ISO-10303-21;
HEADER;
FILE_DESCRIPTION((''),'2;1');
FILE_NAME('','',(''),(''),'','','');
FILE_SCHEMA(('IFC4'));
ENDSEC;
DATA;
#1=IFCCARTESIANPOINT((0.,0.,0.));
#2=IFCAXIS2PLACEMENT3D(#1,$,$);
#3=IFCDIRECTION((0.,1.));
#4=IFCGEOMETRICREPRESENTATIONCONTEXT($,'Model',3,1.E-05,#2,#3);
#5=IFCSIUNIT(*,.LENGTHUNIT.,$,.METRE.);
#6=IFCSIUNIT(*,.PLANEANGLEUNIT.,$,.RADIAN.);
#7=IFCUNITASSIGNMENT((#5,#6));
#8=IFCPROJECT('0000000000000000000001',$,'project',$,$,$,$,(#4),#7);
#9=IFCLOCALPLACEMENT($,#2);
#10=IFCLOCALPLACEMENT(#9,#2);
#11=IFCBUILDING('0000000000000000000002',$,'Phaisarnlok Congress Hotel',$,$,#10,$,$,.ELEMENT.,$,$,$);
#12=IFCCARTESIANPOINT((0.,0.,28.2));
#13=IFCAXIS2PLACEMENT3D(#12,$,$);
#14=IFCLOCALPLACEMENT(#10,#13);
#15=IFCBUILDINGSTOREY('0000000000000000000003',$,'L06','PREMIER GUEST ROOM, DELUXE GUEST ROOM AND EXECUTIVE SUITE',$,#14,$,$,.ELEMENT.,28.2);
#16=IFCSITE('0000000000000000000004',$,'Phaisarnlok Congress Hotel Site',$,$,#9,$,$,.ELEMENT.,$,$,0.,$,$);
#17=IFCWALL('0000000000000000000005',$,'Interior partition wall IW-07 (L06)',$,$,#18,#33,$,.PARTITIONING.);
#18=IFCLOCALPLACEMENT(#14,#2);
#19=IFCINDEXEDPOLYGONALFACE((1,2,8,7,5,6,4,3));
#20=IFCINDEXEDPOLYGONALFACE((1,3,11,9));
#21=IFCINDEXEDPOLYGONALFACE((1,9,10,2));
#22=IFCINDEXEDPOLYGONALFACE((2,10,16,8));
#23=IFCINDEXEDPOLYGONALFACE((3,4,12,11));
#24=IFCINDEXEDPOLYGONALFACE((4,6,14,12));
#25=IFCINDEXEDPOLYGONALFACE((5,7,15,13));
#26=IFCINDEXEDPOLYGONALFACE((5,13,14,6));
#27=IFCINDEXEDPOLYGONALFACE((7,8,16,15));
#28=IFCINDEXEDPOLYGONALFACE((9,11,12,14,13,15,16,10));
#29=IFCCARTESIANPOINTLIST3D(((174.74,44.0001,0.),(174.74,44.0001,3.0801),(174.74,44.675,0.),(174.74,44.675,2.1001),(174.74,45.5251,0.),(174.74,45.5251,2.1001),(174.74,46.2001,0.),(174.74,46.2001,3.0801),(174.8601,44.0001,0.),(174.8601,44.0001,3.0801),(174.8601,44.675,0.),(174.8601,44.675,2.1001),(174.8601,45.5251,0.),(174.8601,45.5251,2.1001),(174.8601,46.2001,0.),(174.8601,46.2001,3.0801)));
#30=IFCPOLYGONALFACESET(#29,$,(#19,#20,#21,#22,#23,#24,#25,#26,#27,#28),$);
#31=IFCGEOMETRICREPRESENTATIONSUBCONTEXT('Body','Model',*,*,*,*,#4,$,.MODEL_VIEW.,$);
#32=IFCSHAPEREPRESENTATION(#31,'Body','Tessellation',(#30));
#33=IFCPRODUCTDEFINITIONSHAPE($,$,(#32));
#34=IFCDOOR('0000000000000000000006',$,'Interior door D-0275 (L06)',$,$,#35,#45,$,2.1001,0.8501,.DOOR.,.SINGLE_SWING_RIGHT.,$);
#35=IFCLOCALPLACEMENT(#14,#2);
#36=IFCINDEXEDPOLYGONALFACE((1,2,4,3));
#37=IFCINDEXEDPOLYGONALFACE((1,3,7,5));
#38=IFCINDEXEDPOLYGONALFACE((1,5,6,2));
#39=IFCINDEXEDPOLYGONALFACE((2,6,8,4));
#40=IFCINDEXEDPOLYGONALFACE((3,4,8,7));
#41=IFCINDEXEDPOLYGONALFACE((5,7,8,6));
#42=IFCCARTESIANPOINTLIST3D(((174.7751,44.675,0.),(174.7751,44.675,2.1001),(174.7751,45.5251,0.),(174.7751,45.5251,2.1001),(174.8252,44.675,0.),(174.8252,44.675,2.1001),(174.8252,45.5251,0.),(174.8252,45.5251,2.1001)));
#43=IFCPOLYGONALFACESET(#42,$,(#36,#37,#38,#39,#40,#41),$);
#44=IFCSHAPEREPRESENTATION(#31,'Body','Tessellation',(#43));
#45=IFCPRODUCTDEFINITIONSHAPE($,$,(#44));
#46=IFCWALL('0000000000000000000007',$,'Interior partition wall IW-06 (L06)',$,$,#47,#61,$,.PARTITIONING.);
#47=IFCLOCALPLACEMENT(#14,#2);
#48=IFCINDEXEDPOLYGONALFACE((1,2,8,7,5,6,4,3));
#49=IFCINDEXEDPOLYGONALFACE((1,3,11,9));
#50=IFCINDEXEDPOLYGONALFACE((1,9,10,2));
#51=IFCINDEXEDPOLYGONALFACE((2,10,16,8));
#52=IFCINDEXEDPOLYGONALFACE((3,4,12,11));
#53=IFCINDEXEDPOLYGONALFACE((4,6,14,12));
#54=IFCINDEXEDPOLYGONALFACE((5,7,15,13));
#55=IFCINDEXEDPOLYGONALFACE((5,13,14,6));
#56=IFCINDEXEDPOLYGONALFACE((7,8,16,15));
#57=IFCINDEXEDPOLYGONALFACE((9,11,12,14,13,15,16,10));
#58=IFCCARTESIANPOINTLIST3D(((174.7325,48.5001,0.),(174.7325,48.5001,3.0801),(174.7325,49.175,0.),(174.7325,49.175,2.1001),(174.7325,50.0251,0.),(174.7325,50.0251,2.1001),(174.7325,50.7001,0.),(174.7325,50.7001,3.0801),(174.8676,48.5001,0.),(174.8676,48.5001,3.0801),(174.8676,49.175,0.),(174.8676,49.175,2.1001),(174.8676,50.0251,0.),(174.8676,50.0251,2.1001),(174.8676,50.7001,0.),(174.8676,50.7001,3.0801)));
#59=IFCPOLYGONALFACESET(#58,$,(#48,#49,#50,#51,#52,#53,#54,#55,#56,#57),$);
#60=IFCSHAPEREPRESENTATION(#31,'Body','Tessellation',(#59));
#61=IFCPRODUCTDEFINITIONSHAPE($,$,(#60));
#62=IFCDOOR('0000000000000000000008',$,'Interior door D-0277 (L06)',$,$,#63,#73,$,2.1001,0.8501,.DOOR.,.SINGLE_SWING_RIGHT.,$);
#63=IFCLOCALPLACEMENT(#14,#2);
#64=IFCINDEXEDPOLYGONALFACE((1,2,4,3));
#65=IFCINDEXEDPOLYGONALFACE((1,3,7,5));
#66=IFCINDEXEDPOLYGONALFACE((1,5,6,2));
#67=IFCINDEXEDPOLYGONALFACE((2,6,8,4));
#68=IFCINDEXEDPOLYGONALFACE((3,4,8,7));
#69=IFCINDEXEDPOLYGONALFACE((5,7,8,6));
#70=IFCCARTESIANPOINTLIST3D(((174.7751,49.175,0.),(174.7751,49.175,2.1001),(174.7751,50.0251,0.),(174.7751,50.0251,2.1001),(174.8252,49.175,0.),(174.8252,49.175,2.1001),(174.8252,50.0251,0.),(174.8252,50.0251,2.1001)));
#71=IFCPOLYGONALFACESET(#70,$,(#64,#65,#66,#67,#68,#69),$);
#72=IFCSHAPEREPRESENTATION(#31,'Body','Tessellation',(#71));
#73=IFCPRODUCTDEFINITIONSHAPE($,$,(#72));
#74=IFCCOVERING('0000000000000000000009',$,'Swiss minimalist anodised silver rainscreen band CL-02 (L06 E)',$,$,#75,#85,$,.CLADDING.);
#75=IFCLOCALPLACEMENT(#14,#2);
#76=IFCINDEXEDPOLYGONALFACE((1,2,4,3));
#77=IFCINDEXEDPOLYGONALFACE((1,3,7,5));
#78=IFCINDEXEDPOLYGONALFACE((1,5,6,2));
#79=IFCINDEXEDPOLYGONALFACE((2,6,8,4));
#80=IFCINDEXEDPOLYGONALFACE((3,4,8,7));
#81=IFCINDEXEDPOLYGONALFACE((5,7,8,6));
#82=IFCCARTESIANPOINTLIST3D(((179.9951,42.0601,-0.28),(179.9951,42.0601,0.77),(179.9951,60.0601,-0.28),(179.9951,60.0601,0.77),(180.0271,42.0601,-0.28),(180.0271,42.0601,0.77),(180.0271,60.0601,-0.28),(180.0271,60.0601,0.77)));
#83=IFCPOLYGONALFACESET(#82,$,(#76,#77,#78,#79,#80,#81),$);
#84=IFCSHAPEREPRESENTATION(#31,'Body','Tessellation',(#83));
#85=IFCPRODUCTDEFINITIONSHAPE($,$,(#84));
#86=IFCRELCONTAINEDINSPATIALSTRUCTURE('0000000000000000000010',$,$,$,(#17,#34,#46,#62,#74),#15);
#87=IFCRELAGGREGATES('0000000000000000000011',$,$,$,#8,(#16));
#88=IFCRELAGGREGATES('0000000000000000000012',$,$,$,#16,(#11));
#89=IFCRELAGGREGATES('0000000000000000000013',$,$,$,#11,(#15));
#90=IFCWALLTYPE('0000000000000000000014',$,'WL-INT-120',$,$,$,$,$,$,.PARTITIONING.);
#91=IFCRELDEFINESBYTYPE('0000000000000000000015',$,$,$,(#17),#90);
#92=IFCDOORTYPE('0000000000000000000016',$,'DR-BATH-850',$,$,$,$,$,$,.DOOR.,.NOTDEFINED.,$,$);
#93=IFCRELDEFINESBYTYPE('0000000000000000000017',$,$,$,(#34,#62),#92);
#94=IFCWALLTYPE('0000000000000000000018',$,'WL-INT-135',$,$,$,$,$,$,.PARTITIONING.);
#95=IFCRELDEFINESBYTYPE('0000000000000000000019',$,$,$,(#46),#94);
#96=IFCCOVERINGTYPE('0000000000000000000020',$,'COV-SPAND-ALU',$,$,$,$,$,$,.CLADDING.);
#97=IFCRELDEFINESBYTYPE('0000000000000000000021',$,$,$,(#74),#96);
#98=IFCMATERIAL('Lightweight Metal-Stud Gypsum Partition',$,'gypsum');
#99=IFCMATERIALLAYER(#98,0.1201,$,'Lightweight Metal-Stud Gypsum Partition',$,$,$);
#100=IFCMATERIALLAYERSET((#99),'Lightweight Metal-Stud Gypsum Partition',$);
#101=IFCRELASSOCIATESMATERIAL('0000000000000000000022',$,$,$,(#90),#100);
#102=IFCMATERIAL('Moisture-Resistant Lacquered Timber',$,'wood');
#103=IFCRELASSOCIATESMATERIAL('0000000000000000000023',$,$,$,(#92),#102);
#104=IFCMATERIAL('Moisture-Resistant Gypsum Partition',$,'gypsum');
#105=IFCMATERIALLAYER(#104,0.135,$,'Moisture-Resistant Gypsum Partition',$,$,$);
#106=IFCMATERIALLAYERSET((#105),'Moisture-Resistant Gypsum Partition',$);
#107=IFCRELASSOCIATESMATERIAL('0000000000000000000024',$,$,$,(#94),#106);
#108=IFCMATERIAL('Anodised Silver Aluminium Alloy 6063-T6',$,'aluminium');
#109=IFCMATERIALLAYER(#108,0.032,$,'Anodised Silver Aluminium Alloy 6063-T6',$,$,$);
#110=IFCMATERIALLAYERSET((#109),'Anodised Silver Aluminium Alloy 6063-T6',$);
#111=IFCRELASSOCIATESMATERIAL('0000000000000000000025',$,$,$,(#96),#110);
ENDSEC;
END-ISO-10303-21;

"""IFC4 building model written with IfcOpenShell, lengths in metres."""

from ifc_helpers import new_model, si_unit, direction, frame, frame_2d, origin, place, context, subcontext, project, spatial, polyline, rectangle, outline, extrude, material, layer, layer_set, type_object, element, fill, save


model = new_model("IFC4")

# Units and contexts
model_context = context("Model", 3, precision=1e-05, world=origin(), true_north=direction((0.0, 1.0)))
body_context = subcontext(model_context, "Body", "Model", "MODEL_VIEW")
ifc_project = project(units=[si_unit("LENGTHUNIT", "METRE"), si_unit("PLANEANGLEUNIT", "RADIAN")], contexts=[model_context])

# Site, building, storey
site_placement = place(None, origin())
site = spatial("IfcSite", under=ifc_project, at=site_placement, Name="Phaisarnlok Congress Hotel Site", CompositionType="ELEMENT", RefElevation=0.0)
building_placement = place(site_placement, origin())
building = spatial("IfcBuilding", under=site, at=building_placement, Name="Phaisarnlok Congress Hotel", CompositionType="ELEMENT")
storey_placement = place(building_placement, frame((0.0, 0.0, 28.2)))
storey = spatial("IfcBuildingStorey", under=building, at=storey_placement, Name="L06", Description="PREMIER GUEST ROOM, DELUXE GUEST ROOM AND EXECUTIVE SUITE", CompositionType="ELEMENT", Elevation=28.2)

# Walls, openings, doors
ifc_material_1 = material(Name="Lightweight Metal-Stud Gypsum Partition", Category="gypsum")
ifc_layer_1 = layer(ifc_material_1, 0.1201, Name="Lightweight Metal-Stud Gypsum Partition")
ifc_layer_set_1 = layer_set([ifc_layer_1], Name="Lightweight Metal-Stud Gypsum Partition")
wall_type_1 = type_object("IfcWallType", Name="WL-INT-120", PredefinedType="PARTITIONING", material=ifc_layer_set_1)
wall_1_placement = place(storey_placement, frame((174.8, 44.0, 0.0), z_axis=(0.0, 0.0, 1.0), x_axis=(0.0, 1.0, 0.0)))
wall_1 = element("IfcWall", 1, at=wall_1_placement, inside=storey, type_object=wall_type_1, Name="Interior partition wall IW-07 (L06)", PredefinedType="PARTITIONING", context=body_context, shape_type="SweptSolid", body=[
    extrude(rectangle(XDim=2.2, YDim=0.1201, at=frame_2d((1.1001, 0.0))), origin(), (0.0, 0.0, 1.0), 3.0801),
])
opening_1_placement = place(wall_1_placement, frame((0.675, 0.0, 0.0)))
opening_1 = element("IfcOpeningElement", 2, at=opening_1_placement, cuts=wall_1, PredefinedType="OPENING", context=body_context, shape_type="SweptSolid", body=[
    extrude(rectangle(XDim=0.8501, YDim=2.1001, at=frame_2d((0.425, 1.05))), frame((0.0, 0.0701, 0.0), z_axis=(0.0, -1.0, 0.0), x_axis=(1.0, 0.0, 0.0)), (0.0, 0.0, 1.0), 0.1401),
])
ifc_material_2 = material(Name="Moisture-Resistant Lacquered Timber", Category="wood")
door_type = type_object("IfcDoorType", Name="DR-BATH-850", OperationType="NOTDEFINED", PredefinedType="DOOR", material=ifc_material_2)
door_1_placement = place(opening_1_placement, origin())
door_1 = element("IfcDoor", 3, at=door_1_placement, inside=storey, type_object=door_type, Name="Interior door D-0275 (L06)", OperationType="SINGLE_SWING_RIGHT", OverallHeight=2.1001, OverallWidth=0.8501, PredefinedType="DOOR", context=body_context, shape_type="SweptSolid", body=[
    extrude(rectangle(XDim=0.8501, YDim=2.1001, at=frame_2d((0.425, 1.05))), frame((0.0, 0.0249, 0.0), z_axis=(0.0, -1.0, 0.0), x_axis=(1.0, 0.0, 0.0)), (0.0, 0.0, 1.0), 0.05),
])
fill(opening_1, door_1)
ifc_material_3 = material(Name="Moisture-Resistant Gypsum Partition", Category="gypsum")
ifc_layer_2 = layer(ifc_material_3, 0.135, Name="Moisture-Resistant Gypsum Partition")
ifc_layer_set_2 = layer_set([ifc_layer_2], Name="Moisture-Resistant Gypsum Partition")
wall_type_2 = type_object("IfcWallType", Name="WL-INT-135", PredefinedType="PARTITIONING", material=ifc_layer_set_2)
wall_2_placement = place(storey_placement, frame((174.8, 48.5, 0.0), z_axis=(0.0, 0.0, 1.0), x_axis=(0.0, 1.0, 0.0)))
wall_2 = element("IfcWall", 4, at=wall_2_placement, inside=storey, type_object=wall_type_2, Name="Interior partition wall IW-06 (L06)", PredefinedType="PARTITIONING", context=body_context, shape_type="SweptSolid", body=[
    extrude(rectangle(XDim=2.2, YDim=0.135, at=frame_2d((1.1001, 0.0))), origin(), (0.0, 0.0, 1.0), 3.0801),
])
opening_2_placement = place(wall_2_placement, frame((0.675, 0.0, 0.0)))
opening_2 = element("IfcOpeningElement", 5, at=opening_2_placement, cuts=wall_2, PredefinedType="OPENING", context=body_context, shape_type="SweptSolid", body=[
    extrude(rectangle(XDim=0.8501, YDim=2.1001, at=frame_2d((0.425, 1.05))), frame((0.0, 0.0776, 0.0), z_axis=(0.0, -1.0, 0.0), x_axis=(1.0, 0.0, 0.0)), (0.0, 0.0, 1.0), 0.155),
])
door_2_placement = place(opening_2_placement, origin())
door_2 = element("IfcDoor", 6, at=door_2_placement, inside=storey, type_object=door_type, Name="Interior door D-0277 (L06)", OperationType="SINGLE_SWING_RIGHT", OverallHeight=2.1001, OverallWidth=0.8501, PredefinedType="DOOR", context=body_context, shape_type="SweptSolid", body=[
    extrude(rectangle(XDim=0.8501, YDim=2.1001, at=frame_2d((0.425, 1.05))), frame((0.0, 0.0249, 0.0), z_axis=(0.0, -1.0, 0.0), x_axis=(1.0, 0.0, 0.0)), (0.0, 0.0, 1.0), 0.05),
])
fill(opening_2, door_2)

# Covering
ifc_material_4 = material(Name="Anodised Silver Aluminium Alloy 6063-T6", Category="aluminium")
ifc_layer_3 = layer(ifc_material_4, 0.032, Name="Anodised Silver Aluminium Alloy 6063-T6")
ifc_layer_set_3 = layer_set([ifc_layer_3], Name="Anodised Silver Aluminium Alloy 6063-T6")
covering_type = type_object("IfcCoveringType", Name="COV-SPAND-ALU", PredefinedType="CLADDING", material=ifc_layer_set_3)
covering_placement = place(storey_placement, frame((179.9951, 42.0601, -0.28), z_axis=(1.0, 0.0, 0.0), x_axis=(0.0, 1.0, 0.0)))
element("IfcCovering", 7, at=covering_placement, inside=storey, type_object=covering_type, Name="Swiss minimalist anodised silver rainscreen band CL-02 (L06 E)", PredefinedType="CLADDING", context=body_context, shape_type="SweptSolid", body=[
    extrude(outline(polyline([(0.0, 0.0), (18.0, 0.0), (18.0, 1.05), (0.0, 1.05), (0.0, 0.0)])), origin(), (0.0, 0.0, 1.0), 0.032),
])

save(model, "model.ifc")
